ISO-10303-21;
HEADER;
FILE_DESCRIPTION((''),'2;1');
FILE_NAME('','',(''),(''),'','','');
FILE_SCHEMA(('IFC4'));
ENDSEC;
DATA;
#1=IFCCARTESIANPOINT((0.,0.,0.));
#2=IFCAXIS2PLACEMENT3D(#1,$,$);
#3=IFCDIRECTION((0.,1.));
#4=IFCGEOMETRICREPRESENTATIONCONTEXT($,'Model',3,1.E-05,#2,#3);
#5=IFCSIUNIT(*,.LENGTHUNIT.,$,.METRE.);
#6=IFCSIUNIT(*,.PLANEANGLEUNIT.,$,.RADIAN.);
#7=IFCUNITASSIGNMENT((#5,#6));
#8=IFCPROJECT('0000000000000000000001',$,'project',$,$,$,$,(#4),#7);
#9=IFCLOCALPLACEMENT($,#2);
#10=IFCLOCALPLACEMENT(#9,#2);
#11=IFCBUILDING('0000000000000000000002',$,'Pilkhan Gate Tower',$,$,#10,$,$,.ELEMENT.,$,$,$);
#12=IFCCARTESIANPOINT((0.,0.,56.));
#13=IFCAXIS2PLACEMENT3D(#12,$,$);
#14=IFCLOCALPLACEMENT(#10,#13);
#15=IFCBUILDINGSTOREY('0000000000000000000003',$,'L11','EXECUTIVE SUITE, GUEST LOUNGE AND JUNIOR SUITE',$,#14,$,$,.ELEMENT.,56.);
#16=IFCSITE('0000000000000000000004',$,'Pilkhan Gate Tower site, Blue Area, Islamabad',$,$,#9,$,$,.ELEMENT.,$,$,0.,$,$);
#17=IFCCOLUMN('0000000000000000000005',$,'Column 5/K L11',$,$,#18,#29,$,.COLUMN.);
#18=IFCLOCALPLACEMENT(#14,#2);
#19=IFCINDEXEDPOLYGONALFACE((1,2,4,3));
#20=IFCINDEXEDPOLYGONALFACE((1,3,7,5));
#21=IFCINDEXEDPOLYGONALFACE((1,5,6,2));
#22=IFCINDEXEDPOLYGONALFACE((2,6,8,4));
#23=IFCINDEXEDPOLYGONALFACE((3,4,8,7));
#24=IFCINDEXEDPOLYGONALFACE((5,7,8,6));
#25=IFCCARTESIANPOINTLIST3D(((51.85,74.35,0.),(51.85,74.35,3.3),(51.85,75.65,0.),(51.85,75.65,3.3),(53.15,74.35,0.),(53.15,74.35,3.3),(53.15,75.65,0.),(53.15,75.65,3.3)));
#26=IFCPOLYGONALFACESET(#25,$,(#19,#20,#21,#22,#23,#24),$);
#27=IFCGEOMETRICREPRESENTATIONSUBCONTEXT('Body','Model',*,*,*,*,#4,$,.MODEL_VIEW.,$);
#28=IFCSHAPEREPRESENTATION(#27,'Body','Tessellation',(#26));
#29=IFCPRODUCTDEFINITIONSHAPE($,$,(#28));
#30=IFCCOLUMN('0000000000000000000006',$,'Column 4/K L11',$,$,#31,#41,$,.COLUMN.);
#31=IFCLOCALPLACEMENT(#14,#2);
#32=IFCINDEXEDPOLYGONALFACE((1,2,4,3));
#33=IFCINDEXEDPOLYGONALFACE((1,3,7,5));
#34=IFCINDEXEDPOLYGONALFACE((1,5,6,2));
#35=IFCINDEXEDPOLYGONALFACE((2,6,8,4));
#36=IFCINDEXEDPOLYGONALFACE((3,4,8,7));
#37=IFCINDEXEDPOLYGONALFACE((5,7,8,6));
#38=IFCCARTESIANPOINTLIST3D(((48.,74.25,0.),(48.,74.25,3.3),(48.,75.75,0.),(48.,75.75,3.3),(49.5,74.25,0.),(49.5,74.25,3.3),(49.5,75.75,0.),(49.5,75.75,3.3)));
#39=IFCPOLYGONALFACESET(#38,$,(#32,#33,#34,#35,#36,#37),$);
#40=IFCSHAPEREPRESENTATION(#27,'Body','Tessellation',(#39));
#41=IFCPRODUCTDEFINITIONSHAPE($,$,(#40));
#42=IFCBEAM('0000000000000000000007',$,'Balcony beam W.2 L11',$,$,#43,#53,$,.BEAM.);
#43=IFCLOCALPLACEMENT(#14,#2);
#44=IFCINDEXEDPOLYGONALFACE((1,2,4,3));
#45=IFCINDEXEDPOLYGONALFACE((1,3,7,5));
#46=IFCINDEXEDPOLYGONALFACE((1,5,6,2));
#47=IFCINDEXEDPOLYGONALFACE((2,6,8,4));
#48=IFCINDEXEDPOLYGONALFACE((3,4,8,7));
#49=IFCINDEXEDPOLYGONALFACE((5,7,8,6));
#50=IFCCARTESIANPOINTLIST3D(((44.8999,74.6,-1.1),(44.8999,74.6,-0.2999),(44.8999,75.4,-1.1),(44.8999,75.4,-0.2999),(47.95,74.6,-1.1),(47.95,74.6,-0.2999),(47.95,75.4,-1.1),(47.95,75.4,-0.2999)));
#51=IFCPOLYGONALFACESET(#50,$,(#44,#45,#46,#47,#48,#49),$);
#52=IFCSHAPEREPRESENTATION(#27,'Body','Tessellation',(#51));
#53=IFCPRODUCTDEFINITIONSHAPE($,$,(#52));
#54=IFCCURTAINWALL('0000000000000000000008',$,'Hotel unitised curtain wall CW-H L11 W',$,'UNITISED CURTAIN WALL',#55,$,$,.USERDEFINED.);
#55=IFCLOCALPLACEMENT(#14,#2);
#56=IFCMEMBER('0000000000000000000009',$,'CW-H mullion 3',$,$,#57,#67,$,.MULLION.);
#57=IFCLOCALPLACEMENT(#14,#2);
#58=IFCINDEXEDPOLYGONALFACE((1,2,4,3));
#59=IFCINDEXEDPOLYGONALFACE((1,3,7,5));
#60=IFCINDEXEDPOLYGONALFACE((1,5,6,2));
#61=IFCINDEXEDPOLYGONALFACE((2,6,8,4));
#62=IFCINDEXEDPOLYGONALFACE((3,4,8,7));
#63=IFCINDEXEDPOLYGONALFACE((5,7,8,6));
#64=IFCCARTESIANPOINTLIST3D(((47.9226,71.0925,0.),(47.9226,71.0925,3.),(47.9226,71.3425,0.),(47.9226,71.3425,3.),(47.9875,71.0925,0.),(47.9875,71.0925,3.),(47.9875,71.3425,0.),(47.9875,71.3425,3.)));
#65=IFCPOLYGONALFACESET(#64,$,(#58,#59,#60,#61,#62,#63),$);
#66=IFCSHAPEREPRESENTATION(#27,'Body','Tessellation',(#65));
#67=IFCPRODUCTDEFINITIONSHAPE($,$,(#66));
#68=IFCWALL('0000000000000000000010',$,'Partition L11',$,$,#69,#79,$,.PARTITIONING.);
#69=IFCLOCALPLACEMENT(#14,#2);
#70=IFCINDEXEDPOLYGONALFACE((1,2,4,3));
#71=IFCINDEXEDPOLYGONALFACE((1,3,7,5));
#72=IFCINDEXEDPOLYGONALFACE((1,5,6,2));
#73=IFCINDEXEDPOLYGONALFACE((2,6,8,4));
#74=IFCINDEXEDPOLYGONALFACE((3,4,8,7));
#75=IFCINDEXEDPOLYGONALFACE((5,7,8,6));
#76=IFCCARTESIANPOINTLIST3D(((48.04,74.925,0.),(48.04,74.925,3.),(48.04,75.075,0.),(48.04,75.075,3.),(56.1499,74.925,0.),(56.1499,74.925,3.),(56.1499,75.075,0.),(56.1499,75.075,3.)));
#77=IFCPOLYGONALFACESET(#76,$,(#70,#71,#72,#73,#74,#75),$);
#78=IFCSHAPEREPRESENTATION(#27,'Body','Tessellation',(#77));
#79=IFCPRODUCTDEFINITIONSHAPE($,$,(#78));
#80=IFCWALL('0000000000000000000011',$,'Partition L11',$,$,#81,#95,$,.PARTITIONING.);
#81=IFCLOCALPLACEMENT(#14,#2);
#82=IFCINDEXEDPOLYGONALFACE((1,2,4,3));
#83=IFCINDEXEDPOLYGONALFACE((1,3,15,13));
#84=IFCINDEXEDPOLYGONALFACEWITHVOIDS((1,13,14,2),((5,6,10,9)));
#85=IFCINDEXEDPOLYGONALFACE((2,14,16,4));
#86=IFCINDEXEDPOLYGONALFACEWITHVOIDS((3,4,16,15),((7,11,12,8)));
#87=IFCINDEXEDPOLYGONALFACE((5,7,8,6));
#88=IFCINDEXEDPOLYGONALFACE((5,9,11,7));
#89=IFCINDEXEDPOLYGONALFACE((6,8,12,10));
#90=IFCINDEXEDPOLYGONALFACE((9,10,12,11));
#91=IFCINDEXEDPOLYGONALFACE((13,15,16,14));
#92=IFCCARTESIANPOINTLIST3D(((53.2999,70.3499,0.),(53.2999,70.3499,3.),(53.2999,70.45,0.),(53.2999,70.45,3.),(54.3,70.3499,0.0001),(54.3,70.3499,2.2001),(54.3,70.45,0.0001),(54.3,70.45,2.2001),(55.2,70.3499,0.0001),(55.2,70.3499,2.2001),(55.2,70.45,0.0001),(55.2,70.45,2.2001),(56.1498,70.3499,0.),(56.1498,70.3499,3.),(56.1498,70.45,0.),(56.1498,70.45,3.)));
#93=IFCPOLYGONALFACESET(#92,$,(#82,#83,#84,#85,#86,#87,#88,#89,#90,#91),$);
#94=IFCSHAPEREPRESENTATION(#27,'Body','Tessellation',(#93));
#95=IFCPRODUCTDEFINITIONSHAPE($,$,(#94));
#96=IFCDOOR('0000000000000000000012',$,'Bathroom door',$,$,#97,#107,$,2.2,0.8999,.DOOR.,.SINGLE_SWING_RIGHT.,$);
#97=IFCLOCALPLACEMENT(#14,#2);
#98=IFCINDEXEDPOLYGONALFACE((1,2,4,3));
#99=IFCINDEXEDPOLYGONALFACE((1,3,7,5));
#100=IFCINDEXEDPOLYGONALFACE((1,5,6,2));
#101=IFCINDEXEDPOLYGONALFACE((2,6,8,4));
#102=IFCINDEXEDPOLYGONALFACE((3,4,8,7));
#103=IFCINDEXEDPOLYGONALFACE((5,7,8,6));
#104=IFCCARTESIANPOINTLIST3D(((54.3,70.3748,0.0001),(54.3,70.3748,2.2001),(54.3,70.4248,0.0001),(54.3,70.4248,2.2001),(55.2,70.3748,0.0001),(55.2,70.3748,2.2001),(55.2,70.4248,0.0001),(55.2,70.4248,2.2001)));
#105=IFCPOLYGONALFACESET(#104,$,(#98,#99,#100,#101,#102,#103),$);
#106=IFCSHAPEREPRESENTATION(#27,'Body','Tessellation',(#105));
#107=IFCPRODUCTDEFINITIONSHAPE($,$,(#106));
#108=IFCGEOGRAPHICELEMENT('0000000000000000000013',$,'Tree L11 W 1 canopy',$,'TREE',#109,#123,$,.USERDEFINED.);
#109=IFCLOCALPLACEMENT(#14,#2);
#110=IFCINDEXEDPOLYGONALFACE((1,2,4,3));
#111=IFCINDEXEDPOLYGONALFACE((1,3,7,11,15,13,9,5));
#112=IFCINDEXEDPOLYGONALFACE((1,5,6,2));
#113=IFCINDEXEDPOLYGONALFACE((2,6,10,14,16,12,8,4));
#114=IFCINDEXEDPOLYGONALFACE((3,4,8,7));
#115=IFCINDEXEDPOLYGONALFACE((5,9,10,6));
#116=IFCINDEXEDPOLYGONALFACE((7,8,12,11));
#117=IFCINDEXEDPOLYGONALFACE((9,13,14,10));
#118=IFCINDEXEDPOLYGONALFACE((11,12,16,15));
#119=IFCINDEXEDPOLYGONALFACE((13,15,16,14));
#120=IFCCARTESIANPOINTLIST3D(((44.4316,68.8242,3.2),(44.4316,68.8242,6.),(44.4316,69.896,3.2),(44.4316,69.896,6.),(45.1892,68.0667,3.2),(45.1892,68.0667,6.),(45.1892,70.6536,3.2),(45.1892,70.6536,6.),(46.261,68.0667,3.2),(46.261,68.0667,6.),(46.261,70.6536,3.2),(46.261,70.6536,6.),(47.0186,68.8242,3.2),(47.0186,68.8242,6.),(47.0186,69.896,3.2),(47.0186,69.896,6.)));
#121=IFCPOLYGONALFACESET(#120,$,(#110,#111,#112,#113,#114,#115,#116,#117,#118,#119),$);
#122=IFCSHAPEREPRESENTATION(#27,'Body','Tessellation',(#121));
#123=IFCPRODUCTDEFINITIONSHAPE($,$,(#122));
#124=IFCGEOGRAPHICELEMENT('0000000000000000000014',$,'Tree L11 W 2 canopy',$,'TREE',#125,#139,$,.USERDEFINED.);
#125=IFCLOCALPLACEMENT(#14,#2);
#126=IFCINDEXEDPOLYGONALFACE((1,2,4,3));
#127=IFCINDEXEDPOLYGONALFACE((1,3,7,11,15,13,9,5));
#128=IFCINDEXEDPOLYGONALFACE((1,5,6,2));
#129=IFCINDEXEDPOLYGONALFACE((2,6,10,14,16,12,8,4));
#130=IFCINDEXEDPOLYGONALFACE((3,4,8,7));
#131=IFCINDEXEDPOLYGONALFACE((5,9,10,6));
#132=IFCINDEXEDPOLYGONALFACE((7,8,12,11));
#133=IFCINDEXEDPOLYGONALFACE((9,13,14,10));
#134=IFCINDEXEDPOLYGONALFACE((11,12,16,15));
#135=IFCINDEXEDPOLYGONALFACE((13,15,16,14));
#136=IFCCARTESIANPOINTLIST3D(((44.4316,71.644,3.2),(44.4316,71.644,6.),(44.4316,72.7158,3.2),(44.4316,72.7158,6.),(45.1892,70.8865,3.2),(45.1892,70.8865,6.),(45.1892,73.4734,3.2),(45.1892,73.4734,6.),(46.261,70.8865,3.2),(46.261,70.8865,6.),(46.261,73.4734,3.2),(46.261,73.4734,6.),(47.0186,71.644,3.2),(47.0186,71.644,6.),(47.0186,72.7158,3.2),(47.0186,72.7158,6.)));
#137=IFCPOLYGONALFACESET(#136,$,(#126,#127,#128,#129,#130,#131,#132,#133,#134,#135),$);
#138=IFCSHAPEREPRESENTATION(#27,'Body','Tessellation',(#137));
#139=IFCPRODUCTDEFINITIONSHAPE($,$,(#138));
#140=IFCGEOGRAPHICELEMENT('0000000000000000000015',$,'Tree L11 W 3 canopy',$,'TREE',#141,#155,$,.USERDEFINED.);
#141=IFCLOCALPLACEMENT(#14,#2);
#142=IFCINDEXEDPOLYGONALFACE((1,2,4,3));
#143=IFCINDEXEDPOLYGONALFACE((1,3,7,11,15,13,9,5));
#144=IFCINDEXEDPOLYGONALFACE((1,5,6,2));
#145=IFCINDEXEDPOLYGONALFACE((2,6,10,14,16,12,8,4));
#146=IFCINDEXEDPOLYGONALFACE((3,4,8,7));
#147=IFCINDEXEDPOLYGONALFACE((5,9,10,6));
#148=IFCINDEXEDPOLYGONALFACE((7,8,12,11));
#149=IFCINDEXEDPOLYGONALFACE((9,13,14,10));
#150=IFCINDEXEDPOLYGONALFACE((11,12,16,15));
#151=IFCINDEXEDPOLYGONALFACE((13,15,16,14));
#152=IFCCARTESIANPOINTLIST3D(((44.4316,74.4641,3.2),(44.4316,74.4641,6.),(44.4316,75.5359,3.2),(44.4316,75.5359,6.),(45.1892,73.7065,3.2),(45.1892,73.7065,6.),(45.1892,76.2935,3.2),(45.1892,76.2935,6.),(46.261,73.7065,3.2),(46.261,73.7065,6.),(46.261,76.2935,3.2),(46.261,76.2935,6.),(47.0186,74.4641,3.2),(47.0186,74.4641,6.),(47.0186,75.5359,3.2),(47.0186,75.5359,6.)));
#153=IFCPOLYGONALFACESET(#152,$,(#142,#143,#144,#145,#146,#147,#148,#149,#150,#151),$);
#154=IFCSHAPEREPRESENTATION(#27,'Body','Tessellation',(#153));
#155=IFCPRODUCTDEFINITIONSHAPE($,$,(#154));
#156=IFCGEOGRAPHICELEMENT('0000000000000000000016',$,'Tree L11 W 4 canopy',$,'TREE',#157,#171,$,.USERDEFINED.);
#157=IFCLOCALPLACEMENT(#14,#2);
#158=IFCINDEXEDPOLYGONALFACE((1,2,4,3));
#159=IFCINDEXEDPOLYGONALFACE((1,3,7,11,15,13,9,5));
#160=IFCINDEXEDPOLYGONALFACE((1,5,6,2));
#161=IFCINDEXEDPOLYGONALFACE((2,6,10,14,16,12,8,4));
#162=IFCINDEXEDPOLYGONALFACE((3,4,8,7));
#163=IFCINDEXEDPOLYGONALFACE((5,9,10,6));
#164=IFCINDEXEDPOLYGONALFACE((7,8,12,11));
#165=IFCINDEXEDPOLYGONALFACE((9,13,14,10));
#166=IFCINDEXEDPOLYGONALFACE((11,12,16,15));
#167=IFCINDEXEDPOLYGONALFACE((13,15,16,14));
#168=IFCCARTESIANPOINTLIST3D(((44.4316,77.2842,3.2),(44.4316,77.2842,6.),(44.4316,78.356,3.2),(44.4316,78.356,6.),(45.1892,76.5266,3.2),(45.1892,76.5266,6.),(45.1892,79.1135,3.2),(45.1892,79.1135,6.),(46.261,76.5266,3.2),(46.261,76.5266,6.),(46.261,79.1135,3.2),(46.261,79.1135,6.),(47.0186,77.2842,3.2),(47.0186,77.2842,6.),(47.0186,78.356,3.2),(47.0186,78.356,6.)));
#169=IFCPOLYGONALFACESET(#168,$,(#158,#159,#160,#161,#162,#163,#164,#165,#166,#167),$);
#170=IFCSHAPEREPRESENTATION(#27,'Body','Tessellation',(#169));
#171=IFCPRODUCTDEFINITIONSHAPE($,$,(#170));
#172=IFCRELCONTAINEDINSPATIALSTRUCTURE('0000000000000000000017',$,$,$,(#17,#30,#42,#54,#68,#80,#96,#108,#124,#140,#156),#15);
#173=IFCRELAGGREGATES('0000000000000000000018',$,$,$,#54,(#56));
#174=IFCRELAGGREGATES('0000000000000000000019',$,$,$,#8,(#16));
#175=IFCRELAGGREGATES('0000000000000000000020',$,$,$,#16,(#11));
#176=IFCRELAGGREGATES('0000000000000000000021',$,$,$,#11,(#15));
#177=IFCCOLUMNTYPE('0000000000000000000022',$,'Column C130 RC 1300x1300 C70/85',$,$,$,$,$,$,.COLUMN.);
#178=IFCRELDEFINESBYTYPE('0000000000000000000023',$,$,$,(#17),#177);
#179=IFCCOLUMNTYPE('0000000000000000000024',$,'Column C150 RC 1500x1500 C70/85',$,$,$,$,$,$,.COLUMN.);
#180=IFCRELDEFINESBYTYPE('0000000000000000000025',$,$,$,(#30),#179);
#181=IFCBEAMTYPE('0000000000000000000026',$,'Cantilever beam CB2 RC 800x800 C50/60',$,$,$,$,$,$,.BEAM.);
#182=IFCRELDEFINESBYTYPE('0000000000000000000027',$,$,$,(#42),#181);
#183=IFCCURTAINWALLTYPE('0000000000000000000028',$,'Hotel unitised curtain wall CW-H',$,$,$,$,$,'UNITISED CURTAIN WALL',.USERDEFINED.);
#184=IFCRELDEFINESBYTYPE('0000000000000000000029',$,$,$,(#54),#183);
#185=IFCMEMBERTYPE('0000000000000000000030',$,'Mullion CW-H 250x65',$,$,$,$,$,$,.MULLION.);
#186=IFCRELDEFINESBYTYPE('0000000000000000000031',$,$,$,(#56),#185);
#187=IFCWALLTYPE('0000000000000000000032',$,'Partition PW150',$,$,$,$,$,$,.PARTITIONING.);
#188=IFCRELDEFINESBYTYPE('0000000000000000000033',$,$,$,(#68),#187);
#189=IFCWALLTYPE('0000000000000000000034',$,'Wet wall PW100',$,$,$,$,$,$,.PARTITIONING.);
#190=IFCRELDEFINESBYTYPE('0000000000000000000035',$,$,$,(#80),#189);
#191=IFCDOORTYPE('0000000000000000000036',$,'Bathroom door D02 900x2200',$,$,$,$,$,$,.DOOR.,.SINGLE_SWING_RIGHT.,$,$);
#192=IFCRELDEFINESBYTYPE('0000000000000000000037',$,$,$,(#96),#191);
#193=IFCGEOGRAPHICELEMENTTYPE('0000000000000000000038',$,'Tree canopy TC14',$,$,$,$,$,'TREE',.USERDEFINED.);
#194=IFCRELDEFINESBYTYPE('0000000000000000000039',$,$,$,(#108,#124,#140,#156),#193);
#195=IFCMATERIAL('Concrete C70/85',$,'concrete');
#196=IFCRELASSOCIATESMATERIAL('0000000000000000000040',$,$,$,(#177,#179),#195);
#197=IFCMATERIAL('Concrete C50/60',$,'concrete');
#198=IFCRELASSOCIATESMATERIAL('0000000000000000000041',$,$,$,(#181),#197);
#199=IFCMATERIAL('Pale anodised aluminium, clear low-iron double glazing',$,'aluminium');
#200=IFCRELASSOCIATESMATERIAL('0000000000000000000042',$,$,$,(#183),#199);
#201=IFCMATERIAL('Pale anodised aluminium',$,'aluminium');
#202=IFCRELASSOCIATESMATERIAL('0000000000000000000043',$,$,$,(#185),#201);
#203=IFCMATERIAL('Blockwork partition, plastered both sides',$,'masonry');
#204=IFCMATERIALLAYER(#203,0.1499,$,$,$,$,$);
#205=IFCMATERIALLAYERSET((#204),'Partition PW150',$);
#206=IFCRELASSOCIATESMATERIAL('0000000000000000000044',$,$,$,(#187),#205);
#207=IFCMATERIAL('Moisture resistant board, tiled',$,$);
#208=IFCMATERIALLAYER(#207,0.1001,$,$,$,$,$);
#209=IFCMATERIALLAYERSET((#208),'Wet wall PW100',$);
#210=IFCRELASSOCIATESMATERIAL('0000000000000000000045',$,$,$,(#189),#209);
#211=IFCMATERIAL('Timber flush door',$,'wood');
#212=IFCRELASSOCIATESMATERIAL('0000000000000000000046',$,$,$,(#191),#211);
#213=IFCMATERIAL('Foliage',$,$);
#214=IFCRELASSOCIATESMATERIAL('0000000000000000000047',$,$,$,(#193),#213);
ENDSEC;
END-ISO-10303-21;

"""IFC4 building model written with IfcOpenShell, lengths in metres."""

from ifc_helpers import new_model, si_unit, direction, frame, frame_2d, origin, origin_2d, place, context, subcontext, project, spatial, polyline, rectangle, outline, extrude, material, layer, layer_set, material_profile, profile_set, type_object, element, fill, aggregate, save


model = new_model("IFC4")

# Units and contexts
model_context = context("Model", 3, precision=1e-05, world=origin(), true_north=direction((0.0, 1.0)))
body_context = subcontext(model_context, "Body", "Model", "MODEL_VIEW")
ifc_project = project(units=[si_unit("LENGTHUNIT", "METRE"), si_unit("PLANEANGLEUNIT", "RADIAN")], contexts=[model_context])

# Site, building, storey
site_placement = place(None, origin())
site = spatial("IfcSite", under=ifc_project, at=site_placement, Name="Pilkhan Gate Tower site, Blue Area, Islamabad", CompositionType="ELEMENT", RefElevation=0.0)
building_placement = place(site_placement, origin())
building = spatial("IfcBuilding", under=site, at=building_placement, Name="Pilkhan Gate Tower", CompositionType="ELEMENT")
storey_placement = place(building_placement, frame((0.0, 0.0, 56.0)))
storey = spatial("IfcBuildingStorey", under=building, at=storey_placement, Name="L11", Description="EXECUTIVE SUITE, GUEST LOUNGE AND JUNIOR SUITE", CompositionType="ELEMENT", Elevation=56.0)

# Columns
ifc_material_1 = material(Name="Concrete C70/85", Category="concrete")
ifc_material_profile_1 = material_profile(ifc_material_1, rectangle(XDim=1.3, YDim=1.3, at=origin_2d()), Name="RC 1300x1300")
ifc_profile_set_1 = profile_set([ifc_material_profile_1], Name="Concrete C70/85")
column_type_1 = type_object("IfcColumnType", Name="Column C130 RC 1300x1300 C70/85", PredefinedType="COLUMN", material=ifc_profile_set_1)
column_1_placement = place(storey_placement, frame((52.5, 75.0, 0.0), z_axis=(0.0, 0.0, 1.0), x_axis=(1.0, 0.0, 0.0)))
element("IfcColumn", 1, at=column_1_placement, inside=storey, type_object=column_type_1, Name="Column 5/K L11", PredefinedType="COLUMN", context=body_context, shape_type="SweptSolid", body=[
    extrude(rectangle(XDim=1.3, YDim=1.3, at=origin_2d()), origin(), (0.0, 0.0, 1.0), 3.3),
])
ifc_material_profile_2 = material_profile(ifc_material_1, rectangle(XDim=1.5, YDim=1.5, at=origin_2d()), Name="RC 1500x1500")
ifc_profile_set_2 = profile_set([ifc_material_profile_2], Name="Concrete C70/85")
column_type_2 = type_object("IfcColumnType", Name="Column C150 RC 1500x1500 C70/85", PredefinedType="COLUMN", material=ifc_profile_set_2)
column_2_placement = place(storey_placement, frame((48.75, 75.0, 0.0), z_axis=(0.0, 0.0, 1.0), x_axis=(1.0, 0.0, 0.0)))
element("IfcColumn", 2, at=column_2_placement, inside=storey, type_object=column_type_2, Name="Column 4/K L11", PredefinedType="COLUMN", context=body_context, shape_type="SweptSolid", body=[
    extrude(rectangle(XDim=1.5, YDim=1.5, at=origin_2d()), origin(), (0.0, 0.0, 1.0), 3.3),
])

# Beam
ifc_material_2 = material(Name="Concrete C50/60", Category="concrete")
ifc_material_profile_3 = material_profile(ifc_material_2, rectangle(XDim=0.8, YDim=0.8, at=origin_2d()), Name="RC 800x800")
ifc_profile_set_3 = profile_set([ifc_material_profile_3], Name="Concrete C50/60")
beam_type = type_object("IfcBeamType", Name="Cantilever beam CB2 RC 800x800 C50/60", PredefinedType="BEAM", material=ifc_profile_set_3)
beam_placement = place(storey_placement, frame((47.95, 75.0, -0.7), z_axis=(-1.0, 0.0, 0.0), x_axis=(0.0, -1.0, 0.0)))
element("IfcBeam", 3, at=beam_placement, inside=storey, type_object=beam_type, Name="Balcony beam W.2 L11", PredefinedType="BEAM", context=body_context, shape_type="SweptSolid", body=[
    extrude(rectangle(XDim=0.8, YDim=0.8, at=origin_2d()), origin(), (0.0, 0.0, 1.0), 3.05),
])

# Curtain wall, member
ifc_material_3 = material(Name="Pale anodised aluminium, clear low-iron double glazing", Category="aluminium")
curtain_wall_type = type_object("IfcCurtainWallType", Name="Hotel unitised curtain wall CW-H", ElementType="UNITISED CURTAIN WALL", PredefinedType="USERDEFINED", material=ifc_material_3)
curtain_wall_placement = place(storey_placement, origin())
curtain_wall = element("IfcCurtainWall", 4, at=curtain_wall_placement, inside=storey, type_object=curtain_wall_type, Name="Hotel unitised curtain wall CW-H L11 W", ObjectType="UNITISED CURTAIN WALL", PredefinedType="USERDEFINED")
ifc_material_4 = material(Name="Pale anodised aluminium", Category="aluminium")
ifc_material_profile_4 = material_profile(ifc_material_4, rectangle(XDim=0.0649, YDim=0.25, at=origin_2d()), Name="Mullion 250x65")
ifc_profile_set_4 = profile_set([ifc_material_profile_4], Name="Pale anodised aluminium")
member_type = type_object("IfcMemberType", Name="Mullion CW-H 250x65", PredefinedType="MULLION", material=ifc_profile_set_4)
member_placement = place(storey_placement, frame((47.9551, 71.2175, 0.0), z_axis=(0.0, 0.0, 1.0), x_axis=(-1.0, 0.0, 0.0)))
member = element("IfcMember", 5, at=member_placement, type_object=member_type, Name="CW-H mullion 3", PredefinedType="MULLION", context=body_context, shape_type="SweptSolid", body=[
    extrude(rectangle(XDim=0.0649, YDim=0.25, at=origin_2d()), origin(), (0.0, 0.0, 1.0), 3.0),
])
aggregate(curtain_wall, [member])

# Wall
ifc_material_5 = material(Name="Blockwork partition, plastered both sides", Category="masonry")
ifc_layer_1 = layer(ifc_material_5, 0.1499)
ifc_layer_set_1 = layer_set([ifc_layer_1], Name="Partition PW150")
wall_type_1 = type_object("IfcWallType", Name="Partition PW150", PredefinedType="PARTITIONING", material=ifc_layer_set_1)
wall_1_placement = place(storey_placement, frame((48.04, 75.0, 0.0), z_axis=(0.0, 0.0, 1.0), x_axis=(1.0, 0.0, 0.0)))
element("IfcWall", 6, at=wall_1_placement, inside=storey, type_object=wall_type_1, Name="Partition L11", PredefinedType="PARTITIONING", context=body_context, shape_type="SweptSolid", body=[
    extrude(rectangle(XDim=8.1099, YDim=0.1499, at=frame_2d((4.0549, 0.0))), origin(), (0.0, 0.0, 1.0), 3.0),
])

# Wall, opening, door
ifc_material_6 = material(Name="Moisture resistant board, tiled")
ifc_layer_2 = layer(ifc_material_6, 0.1001)
ifc_layer_set_2 = layer_set([ifc_layer_2], Name="Wet wall PW100")
wall_type_2 = type_object("IfcWallType", Name="Wet wall PW100", PredefinedType="PARTITIONING", material=ifc_layer_set_2)
wall_2_placement = place(storey_placement, frame((53.3, 70.3999, 0.0), z_axis=(0.0, 0.0, 1.0), x_axis=(1.0, 0.0, 0.0)))
wall_2 = element("IfcWall", 7, at=wall_2_placement, inside=storey, type_object=wall_type_2, Name="Partition L11", PredefinedType="PARTITIONING", context=body_context, shape_type="SweptSolid", body=[
    extrude(rectangle(XDim=2.8499, YDim=0.1001, at=frame_2d((1.4248, 0.0))), origin(), (0.0, 0.0, 1.0), 3.0),
])
opening_1_placement = place(wall_2_placement, frame((1.0, 0.0, 0.0)))
opening_1 = element("IfcOpeningElement", 8, at=opening_1_placement, cuts=wall_2, PredefinedType="OPENING", context=body_context, shape_type="SweptSolid", body=[
    extrude(rectangle(XDim=0.8999, YDim=2.2, at=frame_2d((0.45, 1.1001))), frame((0.0, 0.0601, 0.0), z_axis=(0.0, -1.0, 0.0), x_axis=(1.0, 0.0, 0.0)), (0.0, 0.0, 1.0), 0.1201),
])
ifc_material_7 = material(Name="Timber flush door", Category="wood")
door_type_1 = type_object("IfcDoorType", Name="Bathroom door D02 900x2200", OperationType="SINGLE_SWING_RIGHT", PredefinedType="DOOR", material=ifc_material_7)
door_1_placement = place(opening_1_placement, origin())
door_1 = element("IfcDoor", 9, at=door_1_placement, inside=storey, type_object=door_type_1, Name="Bathroom door", OperationType="SINGLE_SWING_RIGHT", OverallHeight=2.2, OverallWidth=0.8999, PredefinedType="DOOR", context=body_context, shape_type="SweptSolid", body=[
    extrude(rectangle(XDim=0.8999, YDim=2.2, at=frame_2d((0.45, 1.1001))), frame((0.0, 0.0249, 0.0), z_axis=(0.0, -1.0, 0.0), x_axis=(1.0, 0.0, 0.0)), (0.0, 0.0, 1.0), 0.05),
])
fill(opening_1, door_1)

# Geographic elements
ifc_material_8 = material(Name="Foliage")
ifc_material_profile_5 = material_profile(ifc_material_8, outline(polyline([(1.2935, 0.5359), (0.5359, 1.2935), (-0.5359, 1.2935), (-1.2935, 0.5359), (-1.2935, -0.5359), (-0.5359, -1.2935), (0.5359, -1.2935), (1.2935, -0.5359), (1.2935, 0.5359)])), Name="Canopy D2.8")
ifc_profile_set_5 = profile_set([ifc_material_profile_5], Name="Foliage")
geographic_element_type_1 = type_object("IfcGeographicElementType", Name="Tree canopy TC14", ElementType="TREE", PredefinedType="USERDEFINED", material=ifc_profile_set_5)
for number, where, z_axis, x_axis, name in (
    (10, (45.7251, 69.3601, 3.2), (0.0, 0.0, 1.0), (1.0, 0.0, 0.0), "Tree L11 W 1 canopy"),
    (11, (45.7251, 72.1799, 3.2), (0.0, 0.0, 1.0), (1.0, 0.0, 0.0), "Tree L11 W 2 canopy"),
    (12, (45.7251, 75.0, 3.2), (0.0, 0.0, 1.0), (1.0, 0.0, 0.0), "Tree L11 W 3 canopy"),
    (13, (45.7251, 77.8201, 3.2), (0.0, 0.0, 1.0), (1.0, 0.0, 0.0), "Tree L11 W 4 canopy"),
):
    element("IfcGeographicElement", number, at=place(storey_placement, frame(where, z_axis=z_axis, x_axis=x_axis)), inside=storey, type_object=geographic_element_type_1, Name=name, ObjectType="TREE", PredefinedType="USERDEFINED", context=body_context, shape_type="SweptSolid", body=[
        extrude(outline(polyline([(1.2935, 0.5359), (0.5359, 1.2935), (-0.5359, 1.2935), (-1.2935, 0.5359), (-1.2935, -0.5359), (-0.5359, -1.2935), (0.5359, -1.2935), (1.2935, -0.5359), (1.2935, 0.5359)])), origin(), (0.0, 0.0, 1.0), 2.8),
    ])

save(model, "model.ifc")
